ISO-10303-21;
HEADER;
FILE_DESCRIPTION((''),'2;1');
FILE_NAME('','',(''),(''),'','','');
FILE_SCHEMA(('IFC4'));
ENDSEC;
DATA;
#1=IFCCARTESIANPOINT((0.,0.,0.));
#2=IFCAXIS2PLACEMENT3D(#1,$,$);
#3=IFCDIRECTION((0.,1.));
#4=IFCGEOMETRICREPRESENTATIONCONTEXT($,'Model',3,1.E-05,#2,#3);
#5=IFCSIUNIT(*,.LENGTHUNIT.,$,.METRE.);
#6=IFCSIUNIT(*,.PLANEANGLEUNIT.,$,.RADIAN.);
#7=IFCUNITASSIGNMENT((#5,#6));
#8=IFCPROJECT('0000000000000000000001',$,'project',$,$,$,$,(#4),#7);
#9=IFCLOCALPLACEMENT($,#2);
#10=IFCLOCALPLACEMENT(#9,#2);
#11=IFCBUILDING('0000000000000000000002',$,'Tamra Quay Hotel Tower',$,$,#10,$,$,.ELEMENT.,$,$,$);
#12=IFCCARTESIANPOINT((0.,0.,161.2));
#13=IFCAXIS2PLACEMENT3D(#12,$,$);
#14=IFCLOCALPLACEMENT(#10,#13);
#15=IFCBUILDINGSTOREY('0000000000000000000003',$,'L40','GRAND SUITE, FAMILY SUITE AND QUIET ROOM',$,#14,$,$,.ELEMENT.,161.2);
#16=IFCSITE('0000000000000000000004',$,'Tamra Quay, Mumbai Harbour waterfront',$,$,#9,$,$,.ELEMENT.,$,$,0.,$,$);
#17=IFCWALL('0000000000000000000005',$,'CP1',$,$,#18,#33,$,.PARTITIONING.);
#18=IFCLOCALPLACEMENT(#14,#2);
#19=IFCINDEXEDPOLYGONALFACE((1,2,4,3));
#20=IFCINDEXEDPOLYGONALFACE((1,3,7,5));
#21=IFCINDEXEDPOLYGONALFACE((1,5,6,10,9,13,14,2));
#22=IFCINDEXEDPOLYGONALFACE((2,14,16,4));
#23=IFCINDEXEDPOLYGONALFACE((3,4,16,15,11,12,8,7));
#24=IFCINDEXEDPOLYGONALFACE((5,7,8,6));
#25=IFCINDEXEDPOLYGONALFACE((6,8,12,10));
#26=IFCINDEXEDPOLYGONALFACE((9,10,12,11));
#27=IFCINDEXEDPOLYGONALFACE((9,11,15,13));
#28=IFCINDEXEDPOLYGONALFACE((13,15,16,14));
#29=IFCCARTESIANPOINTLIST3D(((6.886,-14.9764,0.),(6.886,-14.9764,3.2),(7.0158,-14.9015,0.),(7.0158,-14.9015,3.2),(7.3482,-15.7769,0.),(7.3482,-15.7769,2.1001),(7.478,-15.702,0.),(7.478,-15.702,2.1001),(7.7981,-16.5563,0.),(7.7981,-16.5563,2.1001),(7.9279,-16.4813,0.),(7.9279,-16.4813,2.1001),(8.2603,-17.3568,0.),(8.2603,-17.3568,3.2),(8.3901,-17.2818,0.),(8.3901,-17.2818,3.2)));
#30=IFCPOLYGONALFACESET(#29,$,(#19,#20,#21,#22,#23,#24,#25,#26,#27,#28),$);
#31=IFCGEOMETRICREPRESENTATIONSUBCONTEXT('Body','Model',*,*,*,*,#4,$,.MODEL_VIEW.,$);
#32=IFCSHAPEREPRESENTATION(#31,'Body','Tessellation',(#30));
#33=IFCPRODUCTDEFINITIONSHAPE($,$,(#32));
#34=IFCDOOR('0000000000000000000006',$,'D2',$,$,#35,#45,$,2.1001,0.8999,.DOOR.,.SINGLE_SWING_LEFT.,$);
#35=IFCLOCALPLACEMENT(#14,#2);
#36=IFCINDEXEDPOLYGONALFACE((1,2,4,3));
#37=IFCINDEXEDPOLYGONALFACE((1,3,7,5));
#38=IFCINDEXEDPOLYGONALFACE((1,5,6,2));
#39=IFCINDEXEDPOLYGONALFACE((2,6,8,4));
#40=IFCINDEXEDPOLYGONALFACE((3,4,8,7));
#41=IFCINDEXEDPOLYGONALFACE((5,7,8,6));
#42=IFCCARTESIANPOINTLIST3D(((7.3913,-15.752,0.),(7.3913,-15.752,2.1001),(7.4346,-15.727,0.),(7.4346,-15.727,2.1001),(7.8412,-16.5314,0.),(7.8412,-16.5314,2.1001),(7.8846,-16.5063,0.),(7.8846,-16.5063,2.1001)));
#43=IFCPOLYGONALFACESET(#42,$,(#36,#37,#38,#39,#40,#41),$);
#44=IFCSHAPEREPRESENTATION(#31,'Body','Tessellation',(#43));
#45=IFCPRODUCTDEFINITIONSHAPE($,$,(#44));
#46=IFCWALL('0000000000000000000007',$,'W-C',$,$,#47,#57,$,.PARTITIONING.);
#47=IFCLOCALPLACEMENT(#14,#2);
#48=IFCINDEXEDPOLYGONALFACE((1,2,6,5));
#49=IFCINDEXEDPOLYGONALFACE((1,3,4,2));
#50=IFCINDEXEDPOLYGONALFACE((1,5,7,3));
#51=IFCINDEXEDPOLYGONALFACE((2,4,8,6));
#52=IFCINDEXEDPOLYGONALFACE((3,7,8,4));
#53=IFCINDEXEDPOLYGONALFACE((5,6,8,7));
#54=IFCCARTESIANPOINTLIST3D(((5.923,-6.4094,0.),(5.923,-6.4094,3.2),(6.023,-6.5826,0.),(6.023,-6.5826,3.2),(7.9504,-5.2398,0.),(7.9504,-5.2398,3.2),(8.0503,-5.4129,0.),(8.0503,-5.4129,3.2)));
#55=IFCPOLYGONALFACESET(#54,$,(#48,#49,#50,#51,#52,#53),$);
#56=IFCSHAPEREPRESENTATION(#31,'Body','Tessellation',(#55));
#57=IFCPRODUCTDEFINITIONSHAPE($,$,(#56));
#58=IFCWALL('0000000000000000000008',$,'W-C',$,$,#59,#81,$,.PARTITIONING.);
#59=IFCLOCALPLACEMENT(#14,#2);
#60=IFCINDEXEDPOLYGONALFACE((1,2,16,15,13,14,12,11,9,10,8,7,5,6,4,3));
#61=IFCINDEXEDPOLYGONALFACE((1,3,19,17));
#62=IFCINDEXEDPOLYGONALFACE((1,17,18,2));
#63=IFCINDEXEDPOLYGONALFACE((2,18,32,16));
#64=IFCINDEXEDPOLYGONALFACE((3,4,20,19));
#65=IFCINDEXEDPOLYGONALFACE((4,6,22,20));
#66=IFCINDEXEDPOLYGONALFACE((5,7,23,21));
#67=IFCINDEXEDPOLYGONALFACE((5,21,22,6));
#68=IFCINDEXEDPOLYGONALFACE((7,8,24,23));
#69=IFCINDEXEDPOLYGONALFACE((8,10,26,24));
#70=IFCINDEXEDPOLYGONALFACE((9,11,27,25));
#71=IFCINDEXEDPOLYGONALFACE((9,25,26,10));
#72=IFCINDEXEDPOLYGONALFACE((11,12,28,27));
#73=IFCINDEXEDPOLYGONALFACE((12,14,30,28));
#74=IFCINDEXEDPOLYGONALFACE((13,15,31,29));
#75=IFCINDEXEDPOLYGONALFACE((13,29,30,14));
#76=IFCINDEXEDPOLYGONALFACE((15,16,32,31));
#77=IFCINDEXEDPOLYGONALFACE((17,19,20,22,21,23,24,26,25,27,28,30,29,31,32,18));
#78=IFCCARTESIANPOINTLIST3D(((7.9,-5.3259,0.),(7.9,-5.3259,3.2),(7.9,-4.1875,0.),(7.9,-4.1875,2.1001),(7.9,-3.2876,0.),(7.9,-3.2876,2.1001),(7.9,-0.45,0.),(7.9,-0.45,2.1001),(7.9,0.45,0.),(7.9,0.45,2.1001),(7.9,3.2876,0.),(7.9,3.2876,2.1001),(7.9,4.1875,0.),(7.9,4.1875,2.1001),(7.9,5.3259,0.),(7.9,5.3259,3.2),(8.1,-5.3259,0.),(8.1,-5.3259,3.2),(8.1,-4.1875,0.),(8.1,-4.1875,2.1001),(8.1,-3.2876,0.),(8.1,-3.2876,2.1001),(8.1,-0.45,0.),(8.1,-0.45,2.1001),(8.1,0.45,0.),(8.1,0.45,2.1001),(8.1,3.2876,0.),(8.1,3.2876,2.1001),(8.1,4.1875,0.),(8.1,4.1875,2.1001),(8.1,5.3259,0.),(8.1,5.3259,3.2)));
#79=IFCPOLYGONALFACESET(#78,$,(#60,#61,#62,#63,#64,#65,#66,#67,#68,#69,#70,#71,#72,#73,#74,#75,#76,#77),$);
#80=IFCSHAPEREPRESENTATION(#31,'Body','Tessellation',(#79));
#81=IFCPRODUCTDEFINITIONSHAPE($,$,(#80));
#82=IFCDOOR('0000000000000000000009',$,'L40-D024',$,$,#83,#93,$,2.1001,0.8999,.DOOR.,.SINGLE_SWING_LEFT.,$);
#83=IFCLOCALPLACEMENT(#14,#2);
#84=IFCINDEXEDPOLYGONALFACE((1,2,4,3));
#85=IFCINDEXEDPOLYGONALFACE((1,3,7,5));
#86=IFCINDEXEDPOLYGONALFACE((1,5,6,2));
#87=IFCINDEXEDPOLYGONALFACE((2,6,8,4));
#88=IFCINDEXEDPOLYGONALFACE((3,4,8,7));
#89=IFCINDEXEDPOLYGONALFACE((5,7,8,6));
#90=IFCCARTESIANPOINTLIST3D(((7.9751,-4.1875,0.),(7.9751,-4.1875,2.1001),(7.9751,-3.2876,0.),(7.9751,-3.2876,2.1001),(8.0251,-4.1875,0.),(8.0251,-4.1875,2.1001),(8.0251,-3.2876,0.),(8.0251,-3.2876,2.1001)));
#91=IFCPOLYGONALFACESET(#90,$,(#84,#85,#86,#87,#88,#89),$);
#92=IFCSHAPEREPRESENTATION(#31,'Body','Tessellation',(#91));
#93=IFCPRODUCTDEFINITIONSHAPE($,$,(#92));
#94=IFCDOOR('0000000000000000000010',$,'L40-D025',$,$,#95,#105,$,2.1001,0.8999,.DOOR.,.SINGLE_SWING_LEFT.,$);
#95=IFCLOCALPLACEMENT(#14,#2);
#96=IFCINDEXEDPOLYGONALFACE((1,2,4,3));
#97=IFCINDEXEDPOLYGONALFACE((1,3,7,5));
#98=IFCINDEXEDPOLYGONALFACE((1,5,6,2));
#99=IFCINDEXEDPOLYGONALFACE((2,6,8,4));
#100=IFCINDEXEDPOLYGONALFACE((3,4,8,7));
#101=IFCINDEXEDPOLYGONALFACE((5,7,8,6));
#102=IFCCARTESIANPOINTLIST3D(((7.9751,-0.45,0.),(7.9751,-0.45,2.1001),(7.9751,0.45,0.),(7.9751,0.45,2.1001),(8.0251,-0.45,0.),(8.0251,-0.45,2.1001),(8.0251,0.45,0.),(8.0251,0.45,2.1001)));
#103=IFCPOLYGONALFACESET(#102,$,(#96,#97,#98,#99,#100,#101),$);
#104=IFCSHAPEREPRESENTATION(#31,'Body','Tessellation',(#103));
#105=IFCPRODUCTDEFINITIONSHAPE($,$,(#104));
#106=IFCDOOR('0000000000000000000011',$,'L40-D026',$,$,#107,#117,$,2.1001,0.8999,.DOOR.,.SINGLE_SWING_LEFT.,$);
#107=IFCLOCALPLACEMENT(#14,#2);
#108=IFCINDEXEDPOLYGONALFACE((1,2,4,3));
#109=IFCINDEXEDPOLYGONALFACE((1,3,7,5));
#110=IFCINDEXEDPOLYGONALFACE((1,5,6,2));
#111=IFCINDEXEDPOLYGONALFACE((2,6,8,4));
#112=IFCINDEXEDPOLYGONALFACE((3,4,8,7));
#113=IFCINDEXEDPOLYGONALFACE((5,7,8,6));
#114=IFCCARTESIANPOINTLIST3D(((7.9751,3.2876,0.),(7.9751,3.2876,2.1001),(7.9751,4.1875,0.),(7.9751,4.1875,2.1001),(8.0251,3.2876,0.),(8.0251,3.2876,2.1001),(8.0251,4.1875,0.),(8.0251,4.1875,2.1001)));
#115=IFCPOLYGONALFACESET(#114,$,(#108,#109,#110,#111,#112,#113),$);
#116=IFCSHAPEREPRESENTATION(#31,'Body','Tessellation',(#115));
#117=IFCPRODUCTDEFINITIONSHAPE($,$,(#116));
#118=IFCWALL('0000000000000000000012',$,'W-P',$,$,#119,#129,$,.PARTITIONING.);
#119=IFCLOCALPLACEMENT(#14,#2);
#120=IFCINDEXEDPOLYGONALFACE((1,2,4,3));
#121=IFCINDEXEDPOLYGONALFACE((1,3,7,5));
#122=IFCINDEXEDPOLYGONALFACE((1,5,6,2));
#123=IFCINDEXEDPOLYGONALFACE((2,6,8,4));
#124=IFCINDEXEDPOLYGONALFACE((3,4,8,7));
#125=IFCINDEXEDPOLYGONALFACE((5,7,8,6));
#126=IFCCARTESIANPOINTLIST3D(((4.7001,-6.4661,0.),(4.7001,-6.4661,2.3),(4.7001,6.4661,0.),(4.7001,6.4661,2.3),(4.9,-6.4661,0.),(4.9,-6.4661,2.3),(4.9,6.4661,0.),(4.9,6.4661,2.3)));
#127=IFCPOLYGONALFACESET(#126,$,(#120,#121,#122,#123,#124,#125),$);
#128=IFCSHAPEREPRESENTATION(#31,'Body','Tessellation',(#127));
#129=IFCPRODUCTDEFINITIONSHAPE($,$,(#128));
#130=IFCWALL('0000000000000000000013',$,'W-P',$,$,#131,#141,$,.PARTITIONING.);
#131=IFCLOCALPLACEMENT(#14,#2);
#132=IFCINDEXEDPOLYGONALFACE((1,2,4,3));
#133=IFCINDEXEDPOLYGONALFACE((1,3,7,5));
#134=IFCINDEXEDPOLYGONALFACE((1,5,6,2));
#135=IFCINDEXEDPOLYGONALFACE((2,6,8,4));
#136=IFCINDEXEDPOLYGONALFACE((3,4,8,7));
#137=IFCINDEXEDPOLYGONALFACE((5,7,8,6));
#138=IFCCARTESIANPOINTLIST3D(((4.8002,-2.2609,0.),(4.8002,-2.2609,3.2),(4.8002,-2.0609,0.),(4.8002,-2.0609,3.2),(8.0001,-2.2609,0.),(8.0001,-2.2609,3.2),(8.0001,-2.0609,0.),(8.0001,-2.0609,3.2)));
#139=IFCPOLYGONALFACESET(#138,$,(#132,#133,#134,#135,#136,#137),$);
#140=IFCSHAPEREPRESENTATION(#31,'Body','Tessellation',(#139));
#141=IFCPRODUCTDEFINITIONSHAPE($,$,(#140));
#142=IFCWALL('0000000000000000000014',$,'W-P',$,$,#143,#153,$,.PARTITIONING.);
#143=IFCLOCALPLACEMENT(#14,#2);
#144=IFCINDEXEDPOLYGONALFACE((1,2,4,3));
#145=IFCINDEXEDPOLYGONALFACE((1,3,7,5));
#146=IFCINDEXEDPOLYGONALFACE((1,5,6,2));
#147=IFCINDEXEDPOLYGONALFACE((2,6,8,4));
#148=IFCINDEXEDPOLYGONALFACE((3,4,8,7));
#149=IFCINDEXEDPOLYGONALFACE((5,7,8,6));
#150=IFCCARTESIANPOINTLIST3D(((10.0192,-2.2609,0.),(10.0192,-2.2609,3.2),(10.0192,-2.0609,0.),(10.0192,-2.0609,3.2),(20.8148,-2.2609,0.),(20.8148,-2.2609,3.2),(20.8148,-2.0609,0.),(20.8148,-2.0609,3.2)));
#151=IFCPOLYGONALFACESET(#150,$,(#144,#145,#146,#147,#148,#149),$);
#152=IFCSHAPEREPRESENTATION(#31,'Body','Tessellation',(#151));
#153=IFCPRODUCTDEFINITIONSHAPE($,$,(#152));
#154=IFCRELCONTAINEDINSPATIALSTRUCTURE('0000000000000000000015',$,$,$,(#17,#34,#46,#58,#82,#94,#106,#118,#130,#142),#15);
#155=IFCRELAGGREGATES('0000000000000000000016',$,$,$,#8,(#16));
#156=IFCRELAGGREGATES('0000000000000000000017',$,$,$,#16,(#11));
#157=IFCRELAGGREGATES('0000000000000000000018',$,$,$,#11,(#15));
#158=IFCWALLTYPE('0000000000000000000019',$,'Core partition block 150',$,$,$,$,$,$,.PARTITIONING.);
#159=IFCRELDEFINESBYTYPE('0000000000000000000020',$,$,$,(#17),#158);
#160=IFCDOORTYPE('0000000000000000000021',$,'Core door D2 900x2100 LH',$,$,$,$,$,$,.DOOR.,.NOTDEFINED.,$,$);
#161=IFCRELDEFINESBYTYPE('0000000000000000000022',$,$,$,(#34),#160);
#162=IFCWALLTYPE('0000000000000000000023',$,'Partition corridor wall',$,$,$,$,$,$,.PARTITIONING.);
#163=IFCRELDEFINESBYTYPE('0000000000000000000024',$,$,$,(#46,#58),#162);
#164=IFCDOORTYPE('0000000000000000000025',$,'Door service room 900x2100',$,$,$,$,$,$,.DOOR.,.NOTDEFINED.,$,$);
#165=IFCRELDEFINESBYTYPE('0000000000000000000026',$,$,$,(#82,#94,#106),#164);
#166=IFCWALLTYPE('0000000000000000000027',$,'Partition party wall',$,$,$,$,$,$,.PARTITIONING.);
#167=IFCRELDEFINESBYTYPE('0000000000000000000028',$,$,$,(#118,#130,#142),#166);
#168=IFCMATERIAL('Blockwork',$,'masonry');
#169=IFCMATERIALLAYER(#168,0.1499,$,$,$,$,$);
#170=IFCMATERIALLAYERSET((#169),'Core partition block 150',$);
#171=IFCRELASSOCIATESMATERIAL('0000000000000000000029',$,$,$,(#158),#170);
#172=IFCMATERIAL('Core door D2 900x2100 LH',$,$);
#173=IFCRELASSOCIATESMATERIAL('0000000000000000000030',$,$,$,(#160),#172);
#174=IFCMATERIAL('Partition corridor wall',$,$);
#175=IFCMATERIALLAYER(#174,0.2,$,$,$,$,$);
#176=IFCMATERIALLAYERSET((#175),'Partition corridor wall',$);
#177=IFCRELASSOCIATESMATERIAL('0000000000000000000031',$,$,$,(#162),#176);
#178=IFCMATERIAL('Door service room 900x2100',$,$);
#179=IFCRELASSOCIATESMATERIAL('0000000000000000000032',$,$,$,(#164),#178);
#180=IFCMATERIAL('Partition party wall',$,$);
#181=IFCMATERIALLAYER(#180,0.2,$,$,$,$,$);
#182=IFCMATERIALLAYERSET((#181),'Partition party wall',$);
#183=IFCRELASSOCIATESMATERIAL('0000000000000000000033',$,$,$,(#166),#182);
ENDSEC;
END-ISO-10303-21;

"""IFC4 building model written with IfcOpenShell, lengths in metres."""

from ifc_helpers import new_model, si_unit, direction, frame, frame_2d, origin, place, context, subcontext, project, spatial, rectangle, extrude, material, layer, layer_set, type_object, element, fill, save


model = new_model("IFC4")

# Units and contexts
model_context = context("Model", 3, precision=1e-05, world=origin(), true_north=direction((0.0, 1.0)))
body_context = subcontext(model_context, "Body", "Model", "MODEL_VIEW")
ifc_project = project(units=[si_unit("LENGTHUNIT", "METRE"), si_unit("PLANEANGLEUNIT", "RADIAN")], contexts=[model_context])

# Site, building, storey
site_placement = place(None, origin())
site = spatial("IfcSite", under=ifc_project, at=site_placement, Name="Tamra Quay, Mumbai Harbour waterfront", CompositionType="ELEMENT", RefElevation=0.0)
building_placement = place(site_placement, origin())
building = spatial("IfcBuilding", under=site, at=building_placement, Name="Tamra Quay Hotel Tower", CompositionType="ELEMENT")
storey_placement = place(building_placement, frame((0.0, 0.0, 161.2)))
storey = spatial("IfcBuildingStorey", under=building, at=storey_placement, Name="L40", Description="GRAND SUITE, FAMILY SUITE AND QUIET ROOM", CompositionType="ELEMENT", Elevation=161.2)

# Shared definitions
ifc_material_1 = material(Name="Blockwork", Category="masonry")
ifc_layer_1 = layer(ifc_material_1, 0.1499)
ifc_layer_set_1 = layer_set([ifc_layer_1], Name="Core partition block 150")
wall_type_1 = type_object("IfcWallType", Name="Core partition block 150", PredefinedType="PARTITIONING", material=ifc_layer_set_1)

# Wall, opening, door
wall_1_placement = place(storey_placement, frame((6.9509, -14.939, 0.0), z_axis=(0.0, 0.0, 1.0), x_axis=(0.499989, -0.866032, 0.0)))
wall_1 = element("IfcWall", 1, at=wall_1_placement, inside=storey, type_object=wall_type_1, Name="CP1", PredefinedType="PARTITIONING", context=body_context, shape_type="SweptSolid", body=[
    extrude(rectangle(XDim=2.7485, YDim=0.1499, at=frame_2d((1.3743, 0.0))), origin(), (0.0, 0.0, 1.0), 3.2),
])
opening_1_placement = place(wall_1_placement, frame((0.9243, 0.0, 0.0)))
opening_1 = element("IfcOpeningElement", 2, at=opening_1_placement, cuts=wall_1, PredefinedType="OPENING", context=body_context, shape_type="SweptSolid", body=[
    extrude(rectangle(XDim=0.8999, YDim=2.1001, at=frame_2d((0.45, 1.05))), frame((0.0, 0.085, 0.0), z_axis=(0.0, -1.0, 0.0), x_axis=(1.0, 0.0, 0.0)), (0.0, 0.0, 1.0), 0.1699),
])
ifc_material_2 = material(Name="Core door D2 900x2100 LH")
door_type_1 = type_object("IfcDoorType", Name="Core door D2 900x2100 LH", OperationType="NOTDEFINED", PredefinedType="DOOR", material=ifc_material_2)
door_1_placement = place(opening_1_placement, origin())
door_1 = element("IfcDoor", 3, at=door_1_placement, inside=storey, type_object=door_type_1, Name="D2", OperationType="SINGLE_SWING_LEFT", OverallHeight=2.1001, OverallWidth=0.8999, PredefinedType="DOOR", context=body_context, shape_type="SweptSolid", body=[
    extrude(rectangle(XDim=0.8999, YDim=2.1001, at=frame_2d((0.45, 1.05))), frame((0.0, 0.0249, 0.0), z_axis=(0.0, -1.0, 0.0), x_axis=(1.0, 0.0, 0.0)), (0.0, 0.0, 1.0), 0.05),
])
fill(opening_1, door_1)

# Wall
ifc_material_3 = material(Name="Partition corridor wall")
ifc_layer_2 = layer(ifc_material_3, 0.2)
ifc_layer_set_2 = layer_set([ifc_layer_2], Name="Partition corridor wall")
wall_type_2 = type_object("IfcWallType", Name="Partition corridor wall", PredefinedType="PARTITIONING", material=ifc_layer_set_2)
wall_2_placement = place(storey_placement, frame((5.9729, -6.4961, 0.0), z_axis=(0.0, 0.0, 1.0), x_axis=(0.866175, 0.499741, 0.0)))
element("IfcWall", 4, at=wall_2_placement, inside=storey, type_object=wall_type_2, Name="W-C", PredefinedType="PARTITIONING", context=body_context, shape_type="SweptSolid", body=[
    extrude(rectangle(XDim=2.3406, YDim=0.2, at=frame_2d((1.1704, 0.0))), origin(), (0.0, 0.0, 1.0), 3.2),
])

# Wall, openings, doors
wall_3_placement = place(storey_placement, frame((8.0, -5.3259, 0.0), z_axis=(0.0, 0.0, 1.0), x_axis=(0.0, 1.0, 0.0)))
wall_3 = element("IfcWall", 5, at=wall_3_placement, inside=storey, type_object=wall_type_2, Name="W-C", PredefinedType="PARTITIONING", context=body_context, shape_type="SweptSolid", body=[
    extrude(rectangle(XDim=10.6519, YDim=0.2, at=frame_2d((5.3259, 0.0))), origin(), (0.0, 0.0, 1.0), 3.2),
])
opening_2_placement = place(wall_3_placement, frame((1.1384, 0.0, 0.0)))
opening_2 = element("IfcOpeningElement", 6, at=opening_2_placement, cuts=wall_3, PredefinedType="OPENING", context=body_context, shape_type="SweptSolid", body=[
    extrude(rectangle(XDim=0.8999, YDim=2.1001, at=frame_2d((0.45, 1.05))), frame((0.0, 0.1099, 0.0), z_axis=(0.0, -1.0, 0.0), x_axis=(1.0, 0.0, 0.0)), (0.0, 0.0, 1.0), 0.22),
])
opening_3_placement = place(wall_3_placement, frame((4.876, 0.0, 0.0)))
opening_3 = element("IfcOpeningElement", 7, at=opening_3_placement, cuts=wall_3, PredefinedType="OPENING", context=body_context, shape_type="SweptSolid", body=[
    extrude(rectangle(XDim=0.8999, YDim=2.1001, at=frame_2d((0.45, 1.05))), frame((0.0, 0.1099, 0.0), z_axis=(0.0, -1.0, 0.0), x_axis=(1.0, 0.0, 0.0)), (0.0, 0.0, 1.0), 0.22),
])
opening_4_placement = place(wall_3_placement, frame((8.6135, 0.0, 0.0)))
opening_4 = element("IfcOpeningElement", 8, at=opening_4_placement, cuts=wall_3, PredefinedType="OPENING", context=body_context, shape_type="SweptSolid", body=[
    extrude(rectangle(XDim=0.8999, YDim=2.1001, at=frame_2d((0.45, 1.05))), frame((0.0, 0.1099, 0.0), z_axis=(0.0, -1.0, 0.0), x_axis=(1.0, 0.0, 0.0)), (0.0, 0.0, 1.0), 0.22),
])
ifc_material_4 = material(Name="Door service room 900x2100")
door_type_2 = type_object("IfcDoorType", Name="Door service room 900x2100", OperationType="NOTDEFINED", PredefinedType="DOOR", material=ifc_material_4)
door_2_placement = place(opening_2_placement, origin())
door_2 = element("IfcDoor", 9, at=door_2_placement, inside=storey, type_object=door_type_2, Name="L40-D024", OperationType="SINGLE_SWING_LEFT", OverallHeight=2.1001, OverallWidth=0.8999, PredefinedType="DOOR", context=body_context, shape_type="SweptSolid", body=[
    extrude(rectangle(XDim=0.8999, YDim=2.1001, at=frame_2d((0.45, 1.05))), frame((0.0, 0.0249, 0.0), z_axis=(0.0, -1.0, 0.0), x_axis=(1.0, 0.0, 0.0)), (0.0, 0.0, 1.0), 0.05),
])
fill(opening_2, door_2)
door_3_placement = place(opening_3_placement, origin())
door_3 = element("IfcDoor", 10, at=door_3_placement, inside=storey, type_object=door_type_2, Name="L40-D025", OperationType="SINGLE_SWING_LEFT", OverallHeight=2.1001, OverallWidth=0.8999, PredefinedType="DOOR", context=body_context, shape_type="SweptSolid", body=[
    extrude(rectangle(XDim=0.8999, YDim=2.1001, at=frame_2d((0.45, 1.05))), frame((0.0, 0.0249, 0.0), z_axis=(0.0, -1.0, 0.0), x_axis=(1.0, 0.0, 0.0)), (0.0, 0.0, 1.0), 0.05),
])
fill(opening_3, door_3)
door_4_placement = place(opening_4_placement, origin())
door_4 = element("IfcDoor", 11, at=door_4_placement, inside=storey, type_object=door_type_2, Name="L40-D026", OperationType="SINGLE_SWING_LEFT", OverallHeight=2.1001, OverallWidth=0.8999, PredefinedType="DOOR", context=body_context, shape_type="SweptSolid", body=[
    extrude(rectangle(XDim=0.8999, YDim=2.1001, at=frame_2d((0.45, 1.05))), frame((0.0, 0.0249, 0.0), z_axis=(0.0, -1.0, 0.0), x_axis=(1.0, 0.0, 0.0)), (0.0, 0.0, 1.0), 0.05),
])
fill(opening_4, door_4)

# Walls
ifc_material_5 = material(Name="Partition party wall")
ifc_layer_3 = layer(ifc_material_5, 0.2)
ifc_layer_set_3 = layer_set([ifc_layer_3], Name="Partition party wall")
wall_type_3 = type_object("IfcWallType", Name="Partition party wall", PredefinedType="PARTITIONING", material=ifc_layer_set_3)
wall_4_placement = place(storey_placement, frame((4.8, -6.4661, 0.0), z_axis=(0.0, 0.0, 1.0), x_axis=(0.0, 1.0, 0.0)))
element("IfcWall", 12, at=wall_4_placement, inside=storey, type_object=wall_type_3, Name="W-P", PredefinedType="PARTITIONING", context=body_context, shape_type="SweptSolid", body=[
    extrude(rectangle(XDim=12.9321, YDim=0.2, at=frame_2d((6.4661, 0.0))), origin(), (0.0, 0.0, 1.0), 2.3),
])
wall_5_placement = place(storey_placement, frame((4.8, -2.1609, 0.0), z_axis=(0.0, 0.0, 1.0), x_axis=(1.0, 0.0, 0.0)))
element("IfcWall", 13, at=wall_5_placement, inside=storey, type_object=wall_type_3, Name="W-P", PredefinedType="PARTITIONING", context=body_context, shape_type="SweptSolid", body=[
    extrude(rectangle(XDim=3.2, YDim=0.2, at=frame_2d((1.6001, 0.0))), origin(), (0.0, 0.0, 1.0), 3.2),
])
wall_6_placement = place(storey_placement, frame((10.019, -2.1609, 0.0), z_axis=(0.0, 0.0, 1.0), x_axis=(1.0, 0.0, 0.0)))
element("IfcWall", 14, at=wall_6_placement, inside=storey, type_object=wall_type_3, Name="W-P", PredefinedType="PARTITIONING", context=body_context, shape_type="SweptSolid", body=[
    extrude(rectangle(XDim=10.7957, YDim=0.2, at=frame_2d((5.3979, 0.0))), origin(), (0.0, 0.0, 1.0), 3.2),
])

save(model, "model.ifc")
